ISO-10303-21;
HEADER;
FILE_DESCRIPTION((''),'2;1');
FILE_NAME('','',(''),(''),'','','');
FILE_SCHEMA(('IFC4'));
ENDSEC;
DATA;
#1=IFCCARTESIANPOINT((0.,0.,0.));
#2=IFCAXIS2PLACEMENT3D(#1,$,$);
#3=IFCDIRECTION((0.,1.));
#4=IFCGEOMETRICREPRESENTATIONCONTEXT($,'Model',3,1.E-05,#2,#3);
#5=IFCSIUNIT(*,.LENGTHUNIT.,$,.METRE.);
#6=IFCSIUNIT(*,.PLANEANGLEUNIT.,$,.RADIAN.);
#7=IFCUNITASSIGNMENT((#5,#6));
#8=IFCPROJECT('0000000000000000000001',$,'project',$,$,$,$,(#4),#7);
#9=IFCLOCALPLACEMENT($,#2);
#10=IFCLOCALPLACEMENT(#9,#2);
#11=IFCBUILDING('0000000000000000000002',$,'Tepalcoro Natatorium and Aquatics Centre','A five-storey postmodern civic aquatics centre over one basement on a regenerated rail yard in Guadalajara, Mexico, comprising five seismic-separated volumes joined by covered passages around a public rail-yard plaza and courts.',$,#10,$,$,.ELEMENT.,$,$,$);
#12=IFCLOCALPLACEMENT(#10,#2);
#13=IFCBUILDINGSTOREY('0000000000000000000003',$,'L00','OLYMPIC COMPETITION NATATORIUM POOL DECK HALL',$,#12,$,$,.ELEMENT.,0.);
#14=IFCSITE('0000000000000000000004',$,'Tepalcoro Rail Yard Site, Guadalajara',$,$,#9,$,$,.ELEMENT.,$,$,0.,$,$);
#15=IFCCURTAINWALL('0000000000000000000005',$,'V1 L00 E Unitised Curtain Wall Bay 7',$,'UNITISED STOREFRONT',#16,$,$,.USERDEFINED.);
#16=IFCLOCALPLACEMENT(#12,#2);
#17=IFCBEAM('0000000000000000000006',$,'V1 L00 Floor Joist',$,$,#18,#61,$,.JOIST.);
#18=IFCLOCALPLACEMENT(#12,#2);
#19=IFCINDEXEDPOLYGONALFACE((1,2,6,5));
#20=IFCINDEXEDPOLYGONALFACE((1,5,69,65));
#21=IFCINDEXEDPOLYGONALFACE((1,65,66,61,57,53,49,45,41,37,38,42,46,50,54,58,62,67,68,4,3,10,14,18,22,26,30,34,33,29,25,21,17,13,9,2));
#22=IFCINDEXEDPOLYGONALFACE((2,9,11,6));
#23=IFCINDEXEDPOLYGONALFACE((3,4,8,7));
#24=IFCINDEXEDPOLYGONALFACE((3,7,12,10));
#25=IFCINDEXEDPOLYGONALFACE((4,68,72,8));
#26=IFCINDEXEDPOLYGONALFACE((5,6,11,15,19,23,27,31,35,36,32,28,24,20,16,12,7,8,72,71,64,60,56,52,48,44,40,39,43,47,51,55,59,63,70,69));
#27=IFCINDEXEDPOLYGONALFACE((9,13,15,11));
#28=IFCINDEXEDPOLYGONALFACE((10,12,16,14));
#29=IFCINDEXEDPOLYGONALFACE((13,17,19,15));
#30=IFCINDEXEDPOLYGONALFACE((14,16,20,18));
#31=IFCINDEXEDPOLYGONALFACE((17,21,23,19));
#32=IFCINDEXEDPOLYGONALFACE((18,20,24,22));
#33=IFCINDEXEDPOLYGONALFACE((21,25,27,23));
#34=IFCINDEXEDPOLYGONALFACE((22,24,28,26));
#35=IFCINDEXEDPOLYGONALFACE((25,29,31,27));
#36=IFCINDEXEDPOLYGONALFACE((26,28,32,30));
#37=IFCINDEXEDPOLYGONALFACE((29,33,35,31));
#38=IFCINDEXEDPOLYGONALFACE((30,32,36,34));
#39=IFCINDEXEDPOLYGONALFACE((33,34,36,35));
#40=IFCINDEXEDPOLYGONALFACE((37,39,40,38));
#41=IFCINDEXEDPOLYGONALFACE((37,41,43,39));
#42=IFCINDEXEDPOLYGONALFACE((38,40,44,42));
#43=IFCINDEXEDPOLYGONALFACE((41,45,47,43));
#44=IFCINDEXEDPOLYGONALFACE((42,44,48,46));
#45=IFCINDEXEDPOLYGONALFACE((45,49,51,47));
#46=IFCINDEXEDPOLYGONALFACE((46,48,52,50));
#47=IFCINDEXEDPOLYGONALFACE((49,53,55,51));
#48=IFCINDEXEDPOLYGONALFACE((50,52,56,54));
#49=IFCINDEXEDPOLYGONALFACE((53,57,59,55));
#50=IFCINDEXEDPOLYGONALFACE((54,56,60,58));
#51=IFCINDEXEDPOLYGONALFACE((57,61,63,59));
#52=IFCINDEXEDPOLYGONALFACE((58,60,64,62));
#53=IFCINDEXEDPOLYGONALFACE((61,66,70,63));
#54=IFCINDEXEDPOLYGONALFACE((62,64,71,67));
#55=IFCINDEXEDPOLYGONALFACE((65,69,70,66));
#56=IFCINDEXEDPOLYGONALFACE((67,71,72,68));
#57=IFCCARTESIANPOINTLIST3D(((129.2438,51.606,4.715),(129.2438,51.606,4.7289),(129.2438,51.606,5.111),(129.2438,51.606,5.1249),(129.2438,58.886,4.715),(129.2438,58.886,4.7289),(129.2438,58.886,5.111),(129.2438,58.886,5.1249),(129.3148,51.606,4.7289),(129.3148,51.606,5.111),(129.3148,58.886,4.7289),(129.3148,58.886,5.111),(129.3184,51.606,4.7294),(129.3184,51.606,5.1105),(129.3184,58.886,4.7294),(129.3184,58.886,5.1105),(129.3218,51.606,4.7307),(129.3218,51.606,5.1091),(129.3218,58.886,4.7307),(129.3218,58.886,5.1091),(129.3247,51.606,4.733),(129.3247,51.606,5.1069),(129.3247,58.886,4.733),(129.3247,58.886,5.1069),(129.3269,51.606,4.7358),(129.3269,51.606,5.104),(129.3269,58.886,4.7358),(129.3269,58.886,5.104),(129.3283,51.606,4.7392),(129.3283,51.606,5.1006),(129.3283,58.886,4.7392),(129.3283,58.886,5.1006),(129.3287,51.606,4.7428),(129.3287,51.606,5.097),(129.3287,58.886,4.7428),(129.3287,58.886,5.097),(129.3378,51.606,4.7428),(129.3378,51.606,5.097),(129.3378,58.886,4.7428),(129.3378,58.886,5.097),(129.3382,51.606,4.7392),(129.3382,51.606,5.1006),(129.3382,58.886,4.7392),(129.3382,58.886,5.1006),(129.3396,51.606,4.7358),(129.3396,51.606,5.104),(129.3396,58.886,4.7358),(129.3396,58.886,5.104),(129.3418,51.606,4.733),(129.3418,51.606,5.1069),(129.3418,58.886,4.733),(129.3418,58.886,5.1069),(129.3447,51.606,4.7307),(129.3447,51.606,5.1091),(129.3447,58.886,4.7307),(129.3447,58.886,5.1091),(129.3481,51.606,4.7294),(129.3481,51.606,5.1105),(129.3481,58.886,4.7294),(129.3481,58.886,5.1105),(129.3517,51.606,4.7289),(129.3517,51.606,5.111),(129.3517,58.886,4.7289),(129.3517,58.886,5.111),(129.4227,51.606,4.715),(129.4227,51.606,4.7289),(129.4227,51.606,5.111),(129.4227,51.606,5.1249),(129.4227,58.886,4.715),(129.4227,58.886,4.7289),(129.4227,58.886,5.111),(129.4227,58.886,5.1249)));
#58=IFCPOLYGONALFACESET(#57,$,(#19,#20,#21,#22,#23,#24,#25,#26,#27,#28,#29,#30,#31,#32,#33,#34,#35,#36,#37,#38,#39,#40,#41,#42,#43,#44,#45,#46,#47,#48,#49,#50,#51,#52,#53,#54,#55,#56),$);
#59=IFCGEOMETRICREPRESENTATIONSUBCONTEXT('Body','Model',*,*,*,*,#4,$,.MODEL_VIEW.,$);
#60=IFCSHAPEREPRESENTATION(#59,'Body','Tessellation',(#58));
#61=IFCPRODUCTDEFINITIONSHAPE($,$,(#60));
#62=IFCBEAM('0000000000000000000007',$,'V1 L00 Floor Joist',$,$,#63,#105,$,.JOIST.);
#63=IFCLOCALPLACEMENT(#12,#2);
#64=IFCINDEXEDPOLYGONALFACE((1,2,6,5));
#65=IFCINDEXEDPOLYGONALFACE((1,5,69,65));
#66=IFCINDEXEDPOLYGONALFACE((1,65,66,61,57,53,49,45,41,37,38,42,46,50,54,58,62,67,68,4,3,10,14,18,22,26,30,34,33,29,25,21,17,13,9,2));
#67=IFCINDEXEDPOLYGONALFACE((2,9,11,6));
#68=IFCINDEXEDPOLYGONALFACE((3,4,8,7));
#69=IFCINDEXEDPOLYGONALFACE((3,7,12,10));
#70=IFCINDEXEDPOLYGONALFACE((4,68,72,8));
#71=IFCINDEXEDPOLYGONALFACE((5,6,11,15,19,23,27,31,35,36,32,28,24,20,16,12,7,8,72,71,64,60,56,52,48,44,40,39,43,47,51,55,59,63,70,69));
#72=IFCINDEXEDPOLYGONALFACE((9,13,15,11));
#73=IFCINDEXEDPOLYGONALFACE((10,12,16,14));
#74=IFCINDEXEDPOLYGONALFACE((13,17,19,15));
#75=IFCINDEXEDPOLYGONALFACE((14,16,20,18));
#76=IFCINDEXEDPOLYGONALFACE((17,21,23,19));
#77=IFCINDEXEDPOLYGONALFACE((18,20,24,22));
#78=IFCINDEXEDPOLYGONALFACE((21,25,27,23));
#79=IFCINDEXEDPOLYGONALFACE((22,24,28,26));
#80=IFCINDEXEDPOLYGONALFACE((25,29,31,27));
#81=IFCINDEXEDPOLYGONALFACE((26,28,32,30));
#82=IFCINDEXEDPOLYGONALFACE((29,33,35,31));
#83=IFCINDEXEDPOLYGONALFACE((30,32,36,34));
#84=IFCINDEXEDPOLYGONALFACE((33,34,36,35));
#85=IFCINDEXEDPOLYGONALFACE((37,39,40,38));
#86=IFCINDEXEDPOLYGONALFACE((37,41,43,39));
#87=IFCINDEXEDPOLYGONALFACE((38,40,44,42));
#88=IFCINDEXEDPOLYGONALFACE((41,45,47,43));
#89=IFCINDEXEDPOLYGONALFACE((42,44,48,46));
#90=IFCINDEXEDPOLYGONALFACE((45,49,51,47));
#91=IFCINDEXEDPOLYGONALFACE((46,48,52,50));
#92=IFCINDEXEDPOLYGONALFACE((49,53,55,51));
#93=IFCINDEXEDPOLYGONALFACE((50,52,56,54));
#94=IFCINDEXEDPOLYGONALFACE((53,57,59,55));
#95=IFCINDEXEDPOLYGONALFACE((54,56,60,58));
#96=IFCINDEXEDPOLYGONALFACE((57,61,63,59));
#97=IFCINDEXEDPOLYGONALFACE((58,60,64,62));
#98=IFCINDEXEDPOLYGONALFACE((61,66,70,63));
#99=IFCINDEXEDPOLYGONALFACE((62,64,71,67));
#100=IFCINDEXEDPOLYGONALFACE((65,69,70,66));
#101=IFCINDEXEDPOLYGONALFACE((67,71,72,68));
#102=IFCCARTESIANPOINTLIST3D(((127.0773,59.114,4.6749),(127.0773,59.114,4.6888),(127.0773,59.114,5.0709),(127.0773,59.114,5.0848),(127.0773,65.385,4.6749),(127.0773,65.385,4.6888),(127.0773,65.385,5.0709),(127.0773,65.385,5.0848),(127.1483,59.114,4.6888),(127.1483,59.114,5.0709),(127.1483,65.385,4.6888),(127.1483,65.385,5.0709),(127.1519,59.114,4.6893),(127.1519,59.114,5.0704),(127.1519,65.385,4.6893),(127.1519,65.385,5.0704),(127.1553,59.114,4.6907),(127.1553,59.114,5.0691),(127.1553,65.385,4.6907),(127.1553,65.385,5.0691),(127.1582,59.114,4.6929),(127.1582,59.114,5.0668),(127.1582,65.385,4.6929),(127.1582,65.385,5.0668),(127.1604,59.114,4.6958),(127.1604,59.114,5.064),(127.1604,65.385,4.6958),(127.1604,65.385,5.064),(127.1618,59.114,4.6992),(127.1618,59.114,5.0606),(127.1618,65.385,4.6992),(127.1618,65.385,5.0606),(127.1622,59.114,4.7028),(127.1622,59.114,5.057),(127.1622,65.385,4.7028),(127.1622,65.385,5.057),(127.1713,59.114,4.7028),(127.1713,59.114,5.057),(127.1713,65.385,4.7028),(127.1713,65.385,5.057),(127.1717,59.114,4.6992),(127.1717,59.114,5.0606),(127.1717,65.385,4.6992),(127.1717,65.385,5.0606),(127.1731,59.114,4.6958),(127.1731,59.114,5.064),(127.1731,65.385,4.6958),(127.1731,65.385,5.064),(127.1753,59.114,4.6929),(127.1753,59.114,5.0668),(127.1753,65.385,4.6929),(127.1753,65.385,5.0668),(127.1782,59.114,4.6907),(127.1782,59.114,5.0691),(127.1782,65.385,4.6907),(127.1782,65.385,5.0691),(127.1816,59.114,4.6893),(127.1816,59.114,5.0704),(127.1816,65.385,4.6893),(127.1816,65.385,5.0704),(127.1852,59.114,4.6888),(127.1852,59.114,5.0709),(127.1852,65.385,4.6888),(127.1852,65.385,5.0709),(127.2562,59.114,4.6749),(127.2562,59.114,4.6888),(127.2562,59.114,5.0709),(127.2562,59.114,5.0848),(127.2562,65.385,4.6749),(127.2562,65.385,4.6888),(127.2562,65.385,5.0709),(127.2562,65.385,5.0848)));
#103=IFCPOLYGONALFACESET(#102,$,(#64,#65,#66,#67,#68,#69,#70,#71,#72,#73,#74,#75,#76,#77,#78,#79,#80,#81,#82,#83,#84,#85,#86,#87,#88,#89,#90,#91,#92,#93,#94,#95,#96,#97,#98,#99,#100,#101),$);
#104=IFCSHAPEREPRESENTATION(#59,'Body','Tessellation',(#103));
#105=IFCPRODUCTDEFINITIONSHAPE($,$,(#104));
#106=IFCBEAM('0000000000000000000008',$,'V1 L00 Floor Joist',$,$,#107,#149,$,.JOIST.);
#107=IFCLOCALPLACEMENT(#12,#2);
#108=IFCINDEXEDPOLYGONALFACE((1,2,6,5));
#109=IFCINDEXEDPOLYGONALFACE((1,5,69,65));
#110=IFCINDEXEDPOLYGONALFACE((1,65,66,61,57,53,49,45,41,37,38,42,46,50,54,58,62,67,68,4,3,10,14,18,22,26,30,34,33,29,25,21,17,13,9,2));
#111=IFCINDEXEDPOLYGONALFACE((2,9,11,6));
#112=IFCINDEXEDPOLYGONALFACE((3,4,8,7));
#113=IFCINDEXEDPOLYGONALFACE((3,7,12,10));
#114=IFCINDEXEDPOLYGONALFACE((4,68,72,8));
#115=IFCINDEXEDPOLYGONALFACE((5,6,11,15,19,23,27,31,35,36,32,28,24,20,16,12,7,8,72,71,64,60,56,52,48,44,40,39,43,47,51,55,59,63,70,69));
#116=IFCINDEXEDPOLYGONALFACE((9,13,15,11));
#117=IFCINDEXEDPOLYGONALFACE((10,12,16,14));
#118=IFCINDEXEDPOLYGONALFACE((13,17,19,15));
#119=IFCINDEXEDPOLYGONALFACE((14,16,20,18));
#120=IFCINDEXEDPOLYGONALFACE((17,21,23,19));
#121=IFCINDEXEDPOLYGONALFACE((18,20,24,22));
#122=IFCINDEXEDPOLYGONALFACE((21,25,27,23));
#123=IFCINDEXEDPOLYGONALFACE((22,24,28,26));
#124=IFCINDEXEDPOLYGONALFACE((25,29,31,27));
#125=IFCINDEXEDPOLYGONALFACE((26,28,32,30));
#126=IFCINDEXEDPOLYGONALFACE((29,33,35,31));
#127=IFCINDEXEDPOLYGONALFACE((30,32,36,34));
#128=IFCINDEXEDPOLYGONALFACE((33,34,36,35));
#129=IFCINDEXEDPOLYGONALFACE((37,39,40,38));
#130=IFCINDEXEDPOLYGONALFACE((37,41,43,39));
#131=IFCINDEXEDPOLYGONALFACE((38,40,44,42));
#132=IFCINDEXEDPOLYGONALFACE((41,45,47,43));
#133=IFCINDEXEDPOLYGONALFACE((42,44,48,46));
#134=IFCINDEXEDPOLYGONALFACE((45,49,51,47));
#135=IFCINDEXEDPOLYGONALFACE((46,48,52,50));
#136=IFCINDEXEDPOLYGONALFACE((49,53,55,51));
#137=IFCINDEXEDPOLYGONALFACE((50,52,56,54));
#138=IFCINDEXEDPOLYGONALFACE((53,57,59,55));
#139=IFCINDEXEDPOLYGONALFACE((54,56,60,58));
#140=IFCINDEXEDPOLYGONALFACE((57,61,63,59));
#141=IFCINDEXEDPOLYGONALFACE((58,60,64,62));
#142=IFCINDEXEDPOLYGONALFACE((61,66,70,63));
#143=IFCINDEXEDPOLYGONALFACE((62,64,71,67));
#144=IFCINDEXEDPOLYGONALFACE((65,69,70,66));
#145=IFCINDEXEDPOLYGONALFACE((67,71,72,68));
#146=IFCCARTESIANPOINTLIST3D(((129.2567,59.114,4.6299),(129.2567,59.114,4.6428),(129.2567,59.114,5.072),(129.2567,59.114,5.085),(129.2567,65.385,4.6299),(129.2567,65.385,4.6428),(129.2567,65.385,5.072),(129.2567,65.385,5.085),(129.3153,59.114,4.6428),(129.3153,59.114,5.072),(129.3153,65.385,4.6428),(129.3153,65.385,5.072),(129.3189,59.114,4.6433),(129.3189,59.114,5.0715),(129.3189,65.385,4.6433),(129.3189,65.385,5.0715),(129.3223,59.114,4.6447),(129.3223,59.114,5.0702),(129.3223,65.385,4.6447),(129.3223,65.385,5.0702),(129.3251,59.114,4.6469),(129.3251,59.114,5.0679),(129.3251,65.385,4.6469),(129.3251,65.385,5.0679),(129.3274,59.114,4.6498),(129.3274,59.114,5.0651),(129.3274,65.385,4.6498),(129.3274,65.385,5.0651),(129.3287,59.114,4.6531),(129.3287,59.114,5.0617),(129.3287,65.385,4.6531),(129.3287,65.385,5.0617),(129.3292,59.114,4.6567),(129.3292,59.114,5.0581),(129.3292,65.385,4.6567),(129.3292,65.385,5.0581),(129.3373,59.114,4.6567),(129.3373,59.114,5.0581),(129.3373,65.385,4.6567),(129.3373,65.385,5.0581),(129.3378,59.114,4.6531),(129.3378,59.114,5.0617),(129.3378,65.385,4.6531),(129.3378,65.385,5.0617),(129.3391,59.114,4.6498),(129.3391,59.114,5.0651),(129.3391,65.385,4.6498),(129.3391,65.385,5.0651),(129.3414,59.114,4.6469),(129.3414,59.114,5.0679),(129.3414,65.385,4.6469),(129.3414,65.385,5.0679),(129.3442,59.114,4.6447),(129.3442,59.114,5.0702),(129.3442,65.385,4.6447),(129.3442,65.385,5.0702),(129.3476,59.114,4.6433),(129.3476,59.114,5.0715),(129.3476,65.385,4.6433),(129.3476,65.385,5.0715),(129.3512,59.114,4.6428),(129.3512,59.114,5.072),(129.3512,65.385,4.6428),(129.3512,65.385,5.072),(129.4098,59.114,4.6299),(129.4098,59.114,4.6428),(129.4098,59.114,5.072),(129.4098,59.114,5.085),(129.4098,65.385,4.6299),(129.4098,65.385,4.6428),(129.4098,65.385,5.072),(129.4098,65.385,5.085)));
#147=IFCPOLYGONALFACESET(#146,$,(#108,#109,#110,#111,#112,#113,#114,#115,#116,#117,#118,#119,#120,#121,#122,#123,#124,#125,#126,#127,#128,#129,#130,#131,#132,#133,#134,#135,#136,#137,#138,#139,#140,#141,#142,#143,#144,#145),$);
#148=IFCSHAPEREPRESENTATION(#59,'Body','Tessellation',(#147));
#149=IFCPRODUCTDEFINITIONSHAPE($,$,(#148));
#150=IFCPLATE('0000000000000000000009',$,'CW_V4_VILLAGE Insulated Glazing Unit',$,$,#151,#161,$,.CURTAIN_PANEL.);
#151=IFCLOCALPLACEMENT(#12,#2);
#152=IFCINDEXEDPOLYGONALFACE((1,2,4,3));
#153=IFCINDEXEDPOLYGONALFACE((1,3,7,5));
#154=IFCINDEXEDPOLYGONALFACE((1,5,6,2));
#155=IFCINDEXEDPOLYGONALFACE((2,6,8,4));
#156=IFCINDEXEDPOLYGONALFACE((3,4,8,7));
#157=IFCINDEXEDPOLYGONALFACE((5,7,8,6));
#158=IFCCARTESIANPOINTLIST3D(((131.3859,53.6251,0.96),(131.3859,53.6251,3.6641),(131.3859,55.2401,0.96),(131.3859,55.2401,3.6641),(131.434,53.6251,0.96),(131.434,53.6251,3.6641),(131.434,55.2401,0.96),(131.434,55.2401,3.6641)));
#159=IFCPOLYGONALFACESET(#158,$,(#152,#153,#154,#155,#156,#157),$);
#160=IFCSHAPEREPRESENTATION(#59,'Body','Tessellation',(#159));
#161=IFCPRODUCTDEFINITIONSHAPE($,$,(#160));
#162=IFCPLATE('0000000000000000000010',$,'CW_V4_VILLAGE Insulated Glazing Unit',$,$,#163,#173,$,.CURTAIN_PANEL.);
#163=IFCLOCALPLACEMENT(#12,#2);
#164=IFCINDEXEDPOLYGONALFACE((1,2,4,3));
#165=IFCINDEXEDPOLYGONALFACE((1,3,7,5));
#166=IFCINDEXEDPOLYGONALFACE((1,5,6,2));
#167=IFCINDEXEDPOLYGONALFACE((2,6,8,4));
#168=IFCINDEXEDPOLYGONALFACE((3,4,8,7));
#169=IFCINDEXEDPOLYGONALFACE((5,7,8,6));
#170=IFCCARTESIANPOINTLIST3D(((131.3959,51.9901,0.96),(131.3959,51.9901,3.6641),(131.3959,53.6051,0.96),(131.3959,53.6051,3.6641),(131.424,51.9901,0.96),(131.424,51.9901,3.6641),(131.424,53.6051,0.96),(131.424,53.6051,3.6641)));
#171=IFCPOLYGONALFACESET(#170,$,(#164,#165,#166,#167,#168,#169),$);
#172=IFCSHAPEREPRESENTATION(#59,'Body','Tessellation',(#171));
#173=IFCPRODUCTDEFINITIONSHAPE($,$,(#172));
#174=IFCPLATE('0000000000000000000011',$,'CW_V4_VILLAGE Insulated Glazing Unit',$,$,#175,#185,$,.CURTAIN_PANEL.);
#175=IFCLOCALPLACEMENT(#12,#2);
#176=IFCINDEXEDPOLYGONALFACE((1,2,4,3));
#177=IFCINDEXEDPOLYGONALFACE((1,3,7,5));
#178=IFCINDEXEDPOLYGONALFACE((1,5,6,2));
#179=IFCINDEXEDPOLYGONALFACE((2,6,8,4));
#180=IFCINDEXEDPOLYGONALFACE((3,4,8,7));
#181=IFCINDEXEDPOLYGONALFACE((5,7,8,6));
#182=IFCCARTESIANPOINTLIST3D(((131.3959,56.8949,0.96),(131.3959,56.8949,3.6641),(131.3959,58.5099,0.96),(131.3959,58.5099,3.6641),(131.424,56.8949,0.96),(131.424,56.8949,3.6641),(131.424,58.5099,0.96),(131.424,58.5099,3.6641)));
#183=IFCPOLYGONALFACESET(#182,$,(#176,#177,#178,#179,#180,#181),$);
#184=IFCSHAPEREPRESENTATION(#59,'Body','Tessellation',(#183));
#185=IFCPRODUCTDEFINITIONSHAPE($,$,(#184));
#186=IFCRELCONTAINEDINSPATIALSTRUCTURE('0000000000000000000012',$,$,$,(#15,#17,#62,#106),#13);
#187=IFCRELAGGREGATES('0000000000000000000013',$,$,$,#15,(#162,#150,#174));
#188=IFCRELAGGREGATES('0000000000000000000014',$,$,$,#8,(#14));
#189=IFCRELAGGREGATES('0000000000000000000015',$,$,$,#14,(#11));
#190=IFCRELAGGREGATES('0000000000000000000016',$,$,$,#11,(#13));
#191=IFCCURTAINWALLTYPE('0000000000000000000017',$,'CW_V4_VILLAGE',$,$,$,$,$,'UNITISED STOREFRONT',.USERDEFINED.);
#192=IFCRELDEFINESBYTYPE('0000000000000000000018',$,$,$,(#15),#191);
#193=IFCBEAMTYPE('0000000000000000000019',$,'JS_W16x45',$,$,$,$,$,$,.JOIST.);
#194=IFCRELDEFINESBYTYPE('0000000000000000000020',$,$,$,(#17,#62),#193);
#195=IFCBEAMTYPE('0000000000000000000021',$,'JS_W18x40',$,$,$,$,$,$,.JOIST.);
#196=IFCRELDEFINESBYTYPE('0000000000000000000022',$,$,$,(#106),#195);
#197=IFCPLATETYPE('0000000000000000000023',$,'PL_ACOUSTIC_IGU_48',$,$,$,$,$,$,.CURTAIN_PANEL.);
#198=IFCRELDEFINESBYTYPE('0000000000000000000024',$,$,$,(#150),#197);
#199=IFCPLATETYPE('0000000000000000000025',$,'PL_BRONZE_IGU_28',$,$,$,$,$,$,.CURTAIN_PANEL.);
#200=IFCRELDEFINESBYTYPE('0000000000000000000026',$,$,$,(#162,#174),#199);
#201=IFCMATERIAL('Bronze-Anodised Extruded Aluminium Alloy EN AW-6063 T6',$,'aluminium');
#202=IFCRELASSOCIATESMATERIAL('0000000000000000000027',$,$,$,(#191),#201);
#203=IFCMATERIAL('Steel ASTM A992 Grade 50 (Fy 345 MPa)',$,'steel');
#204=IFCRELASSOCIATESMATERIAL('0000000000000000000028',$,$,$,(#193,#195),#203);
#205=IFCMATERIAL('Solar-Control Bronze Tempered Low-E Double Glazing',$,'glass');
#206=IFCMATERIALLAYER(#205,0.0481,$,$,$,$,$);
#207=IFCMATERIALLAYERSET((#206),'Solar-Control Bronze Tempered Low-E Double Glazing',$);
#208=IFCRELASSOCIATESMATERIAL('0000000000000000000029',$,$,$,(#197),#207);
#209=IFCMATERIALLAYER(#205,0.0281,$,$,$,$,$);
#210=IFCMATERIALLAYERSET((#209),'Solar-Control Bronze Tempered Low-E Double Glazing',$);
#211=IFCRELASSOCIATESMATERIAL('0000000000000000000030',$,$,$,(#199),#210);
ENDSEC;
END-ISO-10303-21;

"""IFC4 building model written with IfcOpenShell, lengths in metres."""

from ifc_helpers import new_model, si_unit, direction, frame, origin, origin_2d, place, context, subcontext, project, spatial, rectangle, i_section, extrude, material, layer, layer_set, material_profile, profile_set, type_object, element, aggregate, save


model = new_model("IFC4")

# Units and contexts
model_context = context("Model", 3, precision=1e-05, world=origin(), true_north=direction((0.0, 1.0)))
body_context = subcontext(model_context, "Body", "Model", "MODEL_VIEW")
ifc_project = project(units=[si_unit("LENGTHUNIT", "METRE"), si_unit("PLANEANGLEUNIT", "RADIAN")], contexts=[model_context])

# Site, building, storey
site_placement = place(None, origin())
site = spatial("IfcSite", under=ifc_project, at=site_placement, Name="Tepalcoro Rail Yard Site, Guadalajara", CompositionType="ELEMENT", RefElevation=0.0)
building_placement = place(site_placement, origin())
building = spatial("IfcBuilding", under=site, at=building_placement, Name="Tepalcoro Natatorium and Aquatics Centre", Description="A five-storey postmodern civic aquatics centre over one basement on a regenerated rail yard in Guadalajara, Mexico, comprising five seismic-separated volumes joined by covered passages around a public rail-yard plaza and courts.", CompositionType="ELEMENT")
storey_placement = place(building_placement, origin())
storey = spatial("IfcBuildingStorey", under=building, at=storey_placement, Name="L00", Description="OLYMPIC COMPETITION NATATORIUM POOL DECK HALL", CompositionType="ELEMENT", Elevation=0.0)

# Shared definitions
ifc_material_1 = material(Name="Steel ASTM A992 Grade 50 (Fy 345 MPa)", Category="steel")

# Curtain wall
ifc_material_2 = material(Name="Bronze-Anodised Extruded Aluminium Alloy EN AW-6063 T6", Category="aluminium")
curtain_wall_type = type_object("IfcCurtainWallType", Name="CW_V4_VILLAGE", ElementType="UNITISED STOREFRONT", PredefinedType="USERDEFINED", material=ifc_material_2)
curtain_wall_placement = place(storey_placement, origin())
curtain_wall = element("IfcCurtainWall", 1, at=curtain_wall_placement, inside=storey, type_object=curtain_wall_type, Name="V1 L00 E Unitised Curtain Wall Bay 7", ObjectType="UNITISED STOREFRONT", PredefinedType="USERDEFINED")

# Beams
ifc_material_profile_1 = material_profile(ifc_material_1, i_section(OverallWidth=0.179, OverallDepth=0.4099, WebThickness=0.009, FlangeThickness=0.0139, FilletRadius=0.0139, at=origin_2d()), Name="W16X45")
ifc_profile_set_1 = profile_set([ifc_material_profile_1], Name="Steel ASTM A992 Grade 50 (Fy 345 MPa)")
beam_type_1 = type_object("IfcBeamType", Name="JS_W16x45", PredefinedType="JOIST", material=ifc_profile_set_1)
beam_1_placement = place(storey_placement, frame((129.3333, 51.606, 4.9199), z_axis=(0.0, 1.0, 0.0), x_axis=(-1.0, 0.0, 0.0)))
element("IfcBeam", 2, at=beam_1_placement, inside=storey, type_object=beam_type_1, Name="V1 L00 Floor Joist", PredefinedType="JOIST", context=body_context, shape_type="SweptSolid", body=[
    extrude(i_section(OverallWidth=0.179, OverallDepth=0.4099, WebThickness=0.009, FlangeThickness=0.0139, FilletRadius=0.0139, at=origin_2d()), origin(), (0.0, 0.0, 1.0), 7.28),
])
beam_2_placement = place(storey_placement, frame((127.1667, 59.114, 4.8799), z_axis=(0.0, 1.0, 0.0), x_axis=(-1.0, 0.0, 0.0)))
element("IfcBeam", 3, at=beam_2_placement, inside=storey, type_object=beam_type_1, Name="V1 L00 Floor Joist", PredefinedType="JOIST", context=body_context, shape_type="SweptSolid", body=[
    extrude(i_section(OverallWidth=0.179, OverallDepth=0.4099, WebThickness=0.009, FlangeThickness=0.0139, FilletRadius=0.0139, at=origin_2d()), origin(), (0.0, 0.0, 1.0), 6.271),
])
ifc_material_profile_2 = material_profile(ifc_material_1, i_section(OverallWidth=0.1531, OverallDepth=0.4551, WebThickness=0.0081, FlangeThickness=0.0129, FilletRadius=0.0139, at=origin_2d()), Name="W18X40")
ifc_profile_set_2 = profile_set([ifc_material_profile_2], Name="Steel ASTM A992 Grade 50 (Fy 345 MPa)")
beam_type_2 = type_object("IfcBeamType", Name="JS_W18x40", PredefinedType="JOIST", material=ifc_profile_set_2)
beam_3_placement = place(storey_placement, frame((129.3333, 59.114, 4.8574), z_axis=(0.0, 1.0, 0.0), x_axis=(-1.0, 0.0, 0.0)))
element("IfcBeam", 4, at=beam_3_placement, inside=storey, type_object=beam_type_2, Name="V1 L00 Floor Joist", PredefinedType="JOIST", context=body_context, shape_type="SweptSolid", body=[
    extrude(i_section(OverallWidth=0.1531, OverallDepth=0.4551, WebThickness=0.0081, FlangeThickness=0.0129, FilletRadius=0.0139, at=origin_2d()), origin(), (0.0, 0.0, 1.0), 6.271),
])

# Plates
ifc_material_3 = material(Name="Solar-Control Bronze Tempered Low-E Double Glazing", Category="glass")
ifc_layer_1 = layer(ifc_material_3, 0.0481)
ifc_layer_set_1 = layer_set([ifc_layer_1], Name="Solar-Control Bronze Tempered Low-E Double Glazing")
plate_type_1 = type_object("IfcPlateType", Name="PL_ACOUSTIC_IGU_48", PredefinedType="CURTAIN_PANEL", material=ifc_layer_set_1)
plate_1_placement = place(storey_placement, frame((131.4099, 54.4326, 0.96), z_axis=(0.0, 0.0, 1.0), x_axis=(1.0, 0.0, 0.0)))
plate_1 = element("IfcPlate", 5, at=plate_1_placement, type_object=plate_type_1, Name="CW_V4_VILLAGE Insulated Glazing Unit", PredefinedType="CURTAIN_PANEL", context=body_context, shape_type="SweptSolid", body=[
    extrude(rectangle(XDim=0.0481, YDim=1.615, at=origin_2d()), origin(), (0.0, 0.0, 1.0), 2.7041),
])
ifc_layer_2 = layer(ifc_material_3, 0.0281)
ifc_layer_set_2 = layer_set([ifc_layer_2], Name="Solar-Control Bronze Tempered Low-E Double Glazing")
plate_type_2 = type_object("IfcPlateType", Name="PL_BRONZE_IGU_28", PredefinedType="CURTAIN_PANEL", material=ifc_layer_set_2)
plate_2_placement = place(storey_placement, frame((131.4099, 52.7976, 0.96), z_axis=(0.0, 0.0, 1.0), x_axis=(1.0, 0.0, 0.0)))
plate_2 = element("IfcPlate", 6, at=plate_2_placement, type_object=plate_type_2, Name="CW_V4_VILLAGE Insulated Glazing Unit", PredefinedType="CURTAIN_PANEL", context=body_context, shape_type="SweptSolid", body=[
    extrude(rectangle(XDim=0.0281, YDim=1.615, at=origin_2d()), origin(), (0.0, 0.0, 1.0), 2.7041),
])
plate_3_placement = place(storey_placement, frame((131.4099, 57.7024, 0.96), z_axis=(0.0, 0.0, 1.0), x_axis=(1.0, 0.0, 0.0)))
plate_3 = element("IfcPlate", 7, at=plate_3_placement, type_object=plate_type_2, Name="CW_V4_VILLAGE Insulated Glazing Unit", PredefinedType="CURTAIN_PANEL", context=body_context, shape_type="SweptSolid", body=[
    extrude(rectangle(XDim=0.0281, YDim=1.615, at=origin_2d()), origin(), (0.0, 0.0, 1.0), 2.7041),
])
aggregate(curtain_wall, [plate_2, plate_1, plate_3])

save(model, "model.ifc")
